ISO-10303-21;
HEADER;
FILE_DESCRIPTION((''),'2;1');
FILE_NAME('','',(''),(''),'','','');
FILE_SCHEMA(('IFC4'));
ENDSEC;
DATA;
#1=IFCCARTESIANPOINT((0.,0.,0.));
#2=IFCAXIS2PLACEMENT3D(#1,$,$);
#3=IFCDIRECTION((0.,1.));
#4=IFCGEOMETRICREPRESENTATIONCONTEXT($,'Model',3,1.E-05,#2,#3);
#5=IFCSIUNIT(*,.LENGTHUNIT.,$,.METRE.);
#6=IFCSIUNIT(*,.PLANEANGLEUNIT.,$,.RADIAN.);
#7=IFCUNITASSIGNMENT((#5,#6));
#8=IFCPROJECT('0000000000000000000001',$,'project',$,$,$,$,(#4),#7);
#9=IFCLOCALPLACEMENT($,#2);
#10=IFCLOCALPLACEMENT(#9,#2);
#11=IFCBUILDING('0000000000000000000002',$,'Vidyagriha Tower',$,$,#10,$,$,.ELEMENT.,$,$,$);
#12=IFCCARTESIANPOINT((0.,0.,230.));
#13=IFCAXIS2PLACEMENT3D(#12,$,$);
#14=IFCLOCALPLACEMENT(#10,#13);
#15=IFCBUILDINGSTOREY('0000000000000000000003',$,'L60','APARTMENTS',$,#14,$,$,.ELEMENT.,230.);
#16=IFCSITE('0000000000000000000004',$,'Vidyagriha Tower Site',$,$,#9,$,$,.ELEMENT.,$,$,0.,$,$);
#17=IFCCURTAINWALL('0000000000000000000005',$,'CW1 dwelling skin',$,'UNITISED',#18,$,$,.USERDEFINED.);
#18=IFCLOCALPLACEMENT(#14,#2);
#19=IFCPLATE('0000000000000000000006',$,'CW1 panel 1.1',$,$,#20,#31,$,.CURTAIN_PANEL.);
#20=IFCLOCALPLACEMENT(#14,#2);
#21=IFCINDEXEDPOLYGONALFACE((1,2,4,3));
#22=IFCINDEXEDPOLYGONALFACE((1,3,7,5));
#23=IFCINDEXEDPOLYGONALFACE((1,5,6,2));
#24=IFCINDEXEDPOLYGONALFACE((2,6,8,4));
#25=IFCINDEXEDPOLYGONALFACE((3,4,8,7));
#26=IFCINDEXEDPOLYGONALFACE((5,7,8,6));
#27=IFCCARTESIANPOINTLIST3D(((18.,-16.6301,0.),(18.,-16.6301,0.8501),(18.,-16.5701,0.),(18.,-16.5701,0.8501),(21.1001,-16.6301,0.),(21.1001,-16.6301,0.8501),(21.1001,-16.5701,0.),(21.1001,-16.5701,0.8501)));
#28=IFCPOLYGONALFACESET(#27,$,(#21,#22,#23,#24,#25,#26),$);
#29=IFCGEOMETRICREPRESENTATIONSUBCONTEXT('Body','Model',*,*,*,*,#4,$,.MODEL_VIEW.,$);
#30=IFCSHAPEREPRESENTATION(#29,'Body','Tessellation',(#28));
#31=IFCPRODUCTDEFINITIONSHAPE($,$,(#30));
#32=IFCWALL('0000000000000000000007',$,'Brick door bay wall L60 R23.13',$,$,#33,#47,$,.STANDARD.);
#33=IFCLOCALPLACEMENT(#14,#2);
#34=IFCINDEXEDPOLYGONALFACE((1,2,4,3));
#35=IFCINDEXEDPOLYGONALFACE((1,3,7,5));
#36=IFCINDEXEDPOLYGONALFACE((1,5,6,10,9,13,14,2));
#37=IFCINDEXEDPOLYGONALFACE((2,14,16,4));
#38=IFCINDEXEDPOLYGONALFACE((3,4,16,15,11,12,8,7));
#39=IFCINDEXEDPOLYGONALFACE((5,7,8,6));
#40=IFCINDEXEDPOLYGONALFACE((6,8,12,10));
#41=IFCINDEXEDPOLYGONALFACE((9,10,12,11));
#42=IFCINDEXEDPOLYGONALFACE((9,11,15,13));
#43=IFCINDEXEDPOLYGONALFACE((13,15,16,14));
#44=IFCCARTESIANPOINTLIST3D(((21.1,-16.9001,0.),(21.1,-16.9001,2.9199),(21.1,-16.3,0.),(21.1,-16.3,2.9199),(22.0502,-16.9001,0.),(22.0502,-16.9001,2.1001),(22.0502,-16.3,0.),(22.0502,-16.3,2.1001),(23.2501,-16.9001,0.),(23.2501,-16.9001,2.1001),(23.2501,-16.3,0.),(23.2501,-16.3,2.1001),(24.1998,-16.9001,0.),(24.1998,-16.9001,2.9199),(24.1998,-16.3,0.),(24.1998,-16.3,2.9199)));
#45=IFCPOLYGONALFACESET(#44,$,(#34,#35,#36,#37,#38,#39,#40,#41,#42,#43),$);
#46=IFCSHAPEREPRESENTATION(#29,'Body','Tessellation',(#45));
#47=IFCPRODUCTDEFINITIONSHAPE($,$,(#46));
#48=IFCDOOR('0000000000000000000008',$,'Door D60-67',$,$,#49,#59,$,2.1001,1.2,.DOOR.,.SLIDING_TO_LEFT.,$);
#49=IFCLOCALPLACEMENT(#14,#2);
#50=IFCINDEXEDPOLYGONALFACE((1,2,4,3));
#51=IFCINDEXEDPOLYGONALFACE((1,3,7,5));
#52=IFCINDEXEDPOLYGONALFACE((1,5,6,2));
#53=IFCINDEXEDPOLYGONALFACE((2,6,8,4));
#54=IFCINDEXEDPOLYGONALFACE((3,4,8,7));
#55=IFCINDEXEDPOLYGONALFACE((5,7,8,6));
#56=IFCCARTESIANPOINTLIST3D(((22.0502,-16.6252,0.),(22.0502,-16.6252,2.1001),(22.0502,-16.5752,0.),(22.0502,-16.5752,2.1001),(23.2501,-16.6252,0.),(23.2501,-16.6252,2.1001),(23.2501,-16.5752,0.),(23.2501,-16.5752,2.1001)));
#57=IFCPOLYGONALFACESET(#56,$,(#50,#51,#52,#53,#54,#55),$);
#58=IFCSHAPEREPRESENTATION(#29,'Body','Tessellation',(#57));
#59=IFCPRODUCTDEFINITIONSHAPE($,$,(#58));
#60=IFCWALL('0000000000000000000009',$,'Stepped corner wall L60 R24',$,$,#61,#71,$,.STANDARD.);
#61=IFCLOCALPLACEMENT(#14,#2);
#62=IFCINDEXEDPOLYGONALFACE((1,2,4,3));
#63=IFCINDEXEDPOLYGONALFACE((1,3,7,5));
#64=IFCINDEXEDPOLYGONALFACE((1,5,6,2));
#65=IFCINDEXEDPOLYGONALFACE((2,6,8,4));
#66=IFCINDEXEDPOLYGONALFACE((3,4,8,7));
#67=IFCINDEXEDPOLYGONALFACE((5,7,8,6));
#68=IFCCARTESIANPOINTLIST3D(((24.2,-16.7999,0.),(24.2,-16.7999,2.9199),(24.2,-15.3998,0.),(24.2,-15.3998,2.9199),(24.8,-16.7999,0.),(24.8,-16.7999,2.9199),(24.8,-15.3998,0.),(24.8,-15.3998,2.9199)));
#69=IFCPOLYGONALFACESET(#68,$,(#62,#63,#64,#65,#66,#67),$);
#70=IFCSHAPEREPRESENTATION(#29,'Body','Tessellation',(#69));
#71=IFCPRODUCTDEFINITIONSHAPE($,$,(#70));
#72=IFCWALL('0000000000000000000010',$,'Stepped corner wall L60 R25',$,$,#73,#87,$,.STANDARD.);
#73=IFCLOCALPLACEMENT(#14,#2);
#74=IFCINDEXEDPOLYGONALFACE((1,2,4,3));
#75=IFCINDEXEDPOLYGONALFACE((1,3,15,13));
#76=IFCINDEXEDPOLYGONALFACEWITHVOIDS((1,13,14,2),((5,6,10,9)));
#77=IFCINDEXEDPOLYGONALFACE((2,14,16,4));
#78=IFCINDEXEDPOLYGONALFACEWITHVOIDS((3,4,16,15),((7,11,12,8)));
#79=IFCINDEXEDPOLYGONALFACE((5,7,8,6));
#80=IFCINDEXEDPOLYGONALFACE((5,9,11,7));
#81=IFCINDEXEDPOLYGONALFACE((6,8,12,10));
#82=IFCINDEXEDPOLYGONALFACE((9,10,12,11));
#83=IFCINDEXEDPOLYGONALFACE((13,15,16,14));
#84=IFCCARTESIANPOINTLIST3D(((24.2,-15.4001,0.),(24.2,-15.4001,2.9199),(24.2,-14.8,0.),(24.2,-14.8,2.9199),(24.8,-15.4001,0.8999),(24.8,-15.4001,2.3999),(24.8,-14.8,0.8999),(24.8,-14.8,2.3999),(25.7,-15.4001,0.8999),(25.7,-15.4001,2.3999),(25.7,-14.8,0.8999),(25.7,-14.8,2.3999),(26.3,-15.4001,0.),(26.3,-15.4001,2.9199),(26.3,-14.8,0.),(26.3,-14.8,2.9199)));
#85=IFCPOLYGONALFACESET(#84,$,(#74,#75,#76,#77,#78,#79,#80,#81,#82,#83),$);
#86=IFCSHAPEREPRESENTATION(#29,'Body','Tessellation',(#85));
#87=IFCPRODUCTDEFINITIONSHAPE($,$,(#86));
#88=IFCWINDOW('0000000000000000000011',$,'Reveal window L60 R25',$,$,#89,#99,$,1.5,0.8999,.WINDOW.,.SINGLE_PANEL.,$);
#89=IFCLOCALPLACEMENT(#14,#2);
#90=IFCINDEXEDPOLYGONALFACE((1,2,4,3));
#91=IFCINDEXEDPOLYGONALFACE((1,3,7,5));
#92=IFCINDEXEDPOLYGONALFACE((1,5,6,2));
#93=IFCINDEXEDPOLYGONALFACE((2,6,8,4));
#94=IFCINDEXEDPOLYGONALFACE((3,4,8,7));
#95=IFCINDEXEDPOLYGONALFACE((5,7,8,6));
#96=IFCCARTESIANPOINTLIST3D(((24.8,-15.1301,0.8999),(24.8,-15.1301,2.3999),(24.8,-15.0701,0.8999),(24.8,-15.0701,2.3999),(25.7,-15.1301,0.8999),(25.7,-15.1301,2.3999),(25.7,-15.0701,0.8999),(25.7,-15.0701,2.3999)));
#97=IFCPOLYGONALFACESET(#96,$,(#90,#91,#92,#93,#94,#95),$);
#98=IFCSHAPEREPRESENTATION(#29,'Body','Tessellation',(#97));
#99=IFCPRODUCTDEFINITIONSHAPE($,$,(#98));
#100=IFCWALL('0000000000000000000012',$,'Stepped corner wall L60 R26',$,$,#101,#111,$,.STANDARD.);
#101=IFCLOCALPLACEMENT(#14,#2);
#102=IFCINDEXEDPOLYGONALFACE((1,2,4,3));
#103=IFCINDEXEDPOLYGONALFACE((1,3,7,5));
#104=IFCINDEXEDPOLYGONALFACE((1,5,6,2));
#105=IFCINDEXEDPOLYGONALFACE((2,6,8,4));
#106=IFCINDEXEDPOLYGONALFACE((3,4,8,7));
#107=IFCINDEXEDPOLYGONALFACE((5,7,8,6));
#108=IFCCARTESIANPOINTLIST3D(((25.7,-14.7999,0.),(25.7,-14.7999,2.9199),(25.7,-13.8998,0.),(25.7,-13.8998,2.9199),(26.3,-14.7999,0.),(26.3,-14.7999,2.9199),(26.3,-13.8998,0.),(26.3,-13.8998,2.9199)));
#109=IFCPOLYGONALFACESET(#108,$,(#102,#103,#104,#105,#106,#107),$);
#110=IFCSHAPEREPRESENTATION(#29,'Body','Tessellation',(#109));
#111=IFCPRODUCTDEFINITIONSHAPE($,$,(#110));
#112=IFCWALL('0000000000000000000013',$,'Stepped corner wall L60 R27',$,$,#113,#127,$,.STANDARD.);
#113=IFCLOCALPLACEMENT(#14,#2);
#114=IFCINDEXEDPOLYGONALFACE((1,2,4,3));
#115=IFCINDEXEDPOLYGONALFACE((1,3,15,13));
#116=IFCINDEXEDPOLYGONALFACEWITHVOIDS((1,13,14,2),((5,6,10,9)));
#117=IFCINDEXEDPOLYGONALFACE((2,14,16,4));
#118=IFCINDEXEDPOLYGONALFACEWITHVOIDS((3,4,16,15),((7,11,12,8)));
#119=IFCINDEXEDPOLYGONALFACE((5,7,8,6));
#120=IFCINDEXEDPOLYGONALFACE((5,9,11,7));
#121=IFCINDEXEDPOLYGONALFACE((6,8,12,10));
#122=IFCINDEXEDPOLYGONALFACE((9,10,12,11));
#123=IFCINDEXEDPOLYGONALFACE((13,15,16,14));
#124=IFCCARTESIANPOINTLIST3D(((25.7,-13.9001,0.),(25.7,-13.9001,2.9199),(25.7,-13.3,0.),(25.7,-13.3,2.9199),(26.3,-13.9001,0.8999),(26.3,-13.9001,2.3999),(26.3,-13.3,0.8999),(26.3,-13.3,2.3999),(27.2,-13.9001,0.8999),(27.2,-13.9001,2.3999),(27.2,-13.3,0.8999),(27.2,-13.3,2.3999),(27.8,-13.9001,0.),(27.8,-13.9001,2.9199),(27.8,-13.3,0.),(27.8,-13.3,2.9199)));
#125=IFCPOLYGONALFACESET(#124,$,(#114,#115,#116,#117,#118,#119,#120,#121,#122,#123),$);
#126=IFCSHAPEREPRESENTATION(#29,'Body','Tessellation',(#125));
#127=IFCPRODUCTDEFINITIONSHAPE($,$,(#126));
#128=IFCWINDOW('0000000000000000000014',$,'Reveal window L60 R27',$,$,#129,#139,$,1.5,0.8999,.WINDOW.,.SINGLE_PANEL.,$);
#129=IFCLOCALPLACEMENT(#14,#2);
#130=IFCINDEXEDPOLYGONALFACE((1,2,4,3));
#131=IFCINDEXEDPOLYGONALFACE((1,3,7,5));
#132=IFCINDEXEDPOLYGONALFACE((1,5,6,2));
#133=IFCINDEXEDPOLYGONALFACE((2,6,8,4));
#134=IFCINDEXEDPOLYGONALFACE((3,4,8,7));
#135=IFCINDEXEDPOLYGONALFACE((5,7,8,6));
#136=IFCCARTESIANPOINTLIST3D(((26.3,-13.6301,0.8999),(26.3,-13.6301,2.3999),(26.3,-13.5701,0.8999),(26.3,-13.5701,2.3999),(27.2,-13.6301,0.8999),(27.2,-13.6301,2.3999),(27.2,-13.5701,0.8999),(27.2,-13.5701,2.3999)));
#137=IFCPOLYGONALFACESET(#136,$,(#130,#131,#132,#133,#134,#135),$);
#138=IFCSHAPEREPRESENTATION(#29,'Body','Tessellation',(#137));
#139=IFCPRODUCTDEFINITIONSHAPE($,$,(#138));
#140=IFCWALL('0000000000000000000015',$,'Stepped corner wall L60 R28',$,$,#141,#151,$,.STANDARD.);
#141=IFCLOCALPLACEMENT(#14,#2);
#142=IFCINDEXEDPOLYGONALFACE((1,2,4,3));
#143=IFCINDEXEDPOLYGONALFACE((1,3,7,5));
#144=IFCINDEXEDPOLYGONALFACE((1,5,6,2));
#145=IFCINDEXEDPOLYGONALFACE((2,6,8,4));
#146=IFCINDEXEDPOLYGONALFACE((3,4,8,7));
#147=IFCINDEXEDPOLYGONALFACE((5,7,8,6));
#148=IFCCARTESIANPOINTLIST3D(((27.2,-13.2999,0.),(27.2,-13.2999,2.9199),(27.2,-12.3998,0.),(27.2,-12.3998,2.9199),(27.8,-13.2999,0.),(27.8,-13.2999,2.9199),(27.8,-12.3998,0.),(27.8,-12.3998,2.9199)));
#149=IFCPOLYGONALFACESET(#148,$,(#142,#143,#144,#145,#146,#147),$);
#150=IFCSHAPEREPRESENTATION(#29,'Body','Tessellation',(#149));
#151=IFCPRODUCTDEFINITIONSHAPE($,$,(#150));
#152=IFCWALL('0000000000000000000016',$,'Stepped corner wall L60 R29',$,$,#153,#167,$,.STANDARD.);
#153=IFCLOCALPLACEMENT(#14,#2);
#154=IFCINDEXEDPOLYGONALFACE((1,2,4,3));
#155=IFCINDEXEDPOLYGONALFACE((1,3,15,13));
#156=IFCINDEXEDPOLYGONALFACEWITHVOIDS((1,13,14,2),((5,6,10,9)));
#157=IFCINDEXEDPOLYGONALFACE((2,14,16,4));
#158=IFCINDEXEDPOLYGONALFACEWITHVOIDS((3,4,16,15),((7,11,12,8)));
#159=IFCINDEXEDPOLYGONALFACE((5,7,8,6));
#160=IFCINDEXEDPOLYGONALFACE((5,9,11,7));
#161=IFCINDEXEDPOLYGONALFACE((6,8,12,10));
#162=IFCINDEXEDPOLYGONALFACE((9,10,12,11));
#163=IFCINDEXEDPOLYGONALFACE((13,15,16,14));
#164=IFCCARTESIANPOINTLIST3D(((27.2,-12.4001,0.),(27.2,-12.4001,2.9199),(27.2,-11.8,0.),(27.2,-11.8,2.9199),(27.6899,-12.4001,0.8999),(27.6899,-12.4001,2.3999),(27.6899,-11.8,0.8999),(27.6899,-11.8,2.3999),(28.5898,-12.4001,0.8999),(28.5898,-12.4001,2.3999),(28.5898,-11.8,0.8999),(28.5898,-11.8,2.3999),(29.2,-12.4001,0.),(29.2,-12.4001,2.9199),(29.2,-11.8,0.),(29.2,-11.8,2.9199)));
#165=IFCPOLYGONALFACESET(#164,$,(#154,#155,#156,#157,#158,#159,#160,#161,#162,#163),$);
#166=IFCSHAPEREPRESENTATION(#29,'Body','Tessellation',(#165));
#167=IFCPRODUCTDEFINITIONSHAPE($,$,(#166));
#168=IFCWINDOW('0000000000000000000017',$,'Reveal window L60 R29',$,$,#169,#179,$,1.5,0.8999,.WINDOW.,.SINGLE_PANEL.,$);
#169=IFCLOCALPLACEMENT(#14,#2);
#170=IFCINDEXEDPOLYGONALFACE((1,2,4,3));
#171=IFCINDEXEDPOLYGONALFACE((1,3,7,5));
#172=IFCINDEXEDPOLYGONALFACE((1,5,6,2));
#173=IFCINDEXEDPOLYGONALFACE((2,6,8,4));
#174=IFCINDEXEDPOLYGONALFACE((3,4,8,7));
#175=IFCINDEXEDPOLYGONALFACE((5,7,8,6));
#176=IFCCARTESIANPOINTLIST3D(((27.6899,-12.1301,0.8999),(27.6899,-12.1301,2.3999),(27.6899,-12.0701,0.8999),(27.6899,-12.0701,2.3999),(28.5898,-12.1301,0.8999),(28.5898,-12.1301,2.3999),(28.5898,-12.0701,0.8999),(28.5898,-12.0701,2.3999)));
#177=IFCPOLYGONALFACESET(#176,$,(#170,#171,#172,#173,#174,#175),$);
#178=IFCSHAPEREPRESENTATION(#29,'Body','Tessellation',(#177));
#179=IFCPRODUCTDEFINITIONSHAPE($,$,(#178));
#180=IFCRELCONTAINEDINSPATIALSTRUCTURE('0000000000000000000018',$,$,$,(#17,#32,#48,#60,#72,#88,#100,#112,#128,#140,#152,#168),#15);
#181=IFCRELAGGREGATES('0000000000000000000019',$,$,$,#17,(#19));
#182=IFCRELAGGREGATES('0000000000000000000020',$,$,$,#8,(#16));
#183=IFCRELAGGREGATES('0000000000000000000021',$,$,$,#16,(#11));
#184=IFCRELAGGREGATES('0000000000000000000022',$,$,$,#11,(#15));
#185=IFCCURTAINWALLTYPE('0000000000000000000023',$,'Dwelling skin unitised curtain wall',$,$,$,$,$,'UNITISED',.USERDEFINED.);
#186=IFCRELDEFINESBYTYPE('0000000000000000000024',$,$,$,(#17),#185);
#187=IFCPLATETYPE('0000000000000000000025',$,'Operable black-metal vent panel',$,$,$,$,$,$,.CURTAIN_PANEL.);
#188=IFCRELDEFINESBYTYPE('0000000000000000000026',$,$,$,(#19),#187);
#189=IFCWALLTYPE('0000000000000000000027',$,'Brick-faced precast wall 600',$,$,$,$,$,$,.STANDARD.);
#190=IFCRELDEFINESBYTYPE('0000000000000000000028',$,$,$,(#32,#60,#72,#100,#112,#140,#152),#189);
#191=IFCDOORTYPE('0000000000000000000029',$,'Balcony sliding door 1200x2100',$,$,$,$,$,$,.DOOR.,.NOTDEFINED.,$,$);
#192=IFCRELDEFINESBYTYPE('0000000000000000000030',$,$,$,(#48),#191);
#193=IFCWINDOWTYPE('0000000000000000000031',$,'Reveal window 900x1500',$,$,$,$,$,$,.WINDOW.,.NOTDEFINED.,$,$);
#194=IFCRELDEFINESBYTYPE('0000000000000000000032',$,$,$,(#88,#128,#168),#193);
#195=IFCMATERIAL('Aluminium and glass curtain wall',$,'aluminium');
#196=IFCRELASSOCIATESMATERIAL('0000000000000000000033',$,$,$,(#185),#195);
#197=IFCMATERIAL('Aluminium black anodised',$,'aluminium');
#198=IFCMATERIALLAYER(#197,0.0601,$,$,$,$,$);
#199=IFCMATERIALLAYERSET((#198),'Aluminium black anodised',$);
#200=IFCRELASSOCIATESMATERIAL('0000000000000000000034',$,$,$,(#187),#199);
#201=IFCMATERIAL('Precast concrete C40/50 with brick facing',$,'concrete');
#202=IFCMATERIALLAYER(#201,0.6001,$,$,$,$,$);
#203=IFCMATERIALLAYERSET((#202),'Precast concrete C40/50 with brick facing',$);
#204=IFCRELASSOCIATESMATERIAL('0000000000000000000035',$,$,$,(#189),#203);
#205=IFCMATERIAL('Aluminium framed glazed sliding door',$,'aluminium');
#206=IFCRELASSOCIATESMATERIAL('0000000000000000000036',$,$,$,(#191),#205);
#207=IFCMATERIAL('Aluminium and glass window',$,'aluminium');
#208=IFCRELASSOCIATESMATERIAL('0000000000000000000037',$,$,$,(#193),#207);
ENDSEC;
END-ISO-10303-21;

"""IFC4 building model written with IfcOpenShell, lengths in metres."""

from ifc_helpers import new_model, si_unit, direction, frame, frame_2d, origin, origin_2d, place, context, subcontext, project, spatial, rectangle, extrude, material, layer, layer_set, type_object, element, fill, aggregate, save


model = new_model("IFC4")

# Units and contexts
model_context = context("Model", 3, precision=1e-05, world=origin(), true_north=direction((0.0, 1.0)))
body_context = subcontext(model_context, "Body", "Model", "MODEL_VIEW")
ifc_project = project(units=[si_unit("LENGTHUNIT", "METRE"), si_unit("PLANEANGLEUNIT", "RADIAN")], contexts=[model_context])

# Site, building, storey
site_placement = place(None, origin())
site = spatial("IfcSite", under=ifc_project, at=site_placement, Name="Vidyagriha Tower Site", CompositionType="ELEMENT", RefElevation=0.0)
building_placement = place(site_placement, origin())
building = spatial("IfcBuilding", under=site, at=building_placement, Name="Vidyagriha Tower", CompositionType="ELEMENT")
storey_placement = place(building_placement, frame((0.0, 0.0, 230.0)))
storey = spatial("IfcBuildingStorey", under=building, at=storey_placement, Name="L60", Description="APARTMENTS", CompositionType="ELEMENT", Elevation=230.0)

# Shared definitions
ifc_material_1 = material(Name="Aluminium and glass curtain wall", Category="aluminium")
curtain_wall_type = type_object("IfcCurtainWallType", Name="Dwelling skin unitised curtain wall", ElementType="UNITISED", PredefinedType="USERDEFINED", material=ifc_material_1)

# Curtain wall
curtain_wall_1_placement = place(storey_placement, origin())
curtain_wall_1 = element("IfcCurtainWall", 1, at=curtain_wall_1_placement, inside=storey, type_object=curtain_wall_type, Name="CW1 dwelling skin", ObjectType="UNITISED", PredefinedType="USERDEFINED")

# Plate
ifc_material_2 = material(Name="Aluminium black anodised", Category="aluminium")
ifc_layer_1 = layer(ifc_material_2, 0.0601)
ifc_layer_set_1 = layer_set([ifc_layer_1], Name="Aluminium black anodised")
plate_type_1 = type_object("IfcPlateType", Name="Operable black-metal vent panel", PredefinedType="CURTAIN_PANEL", material=ifc_layer_set_1)
plate_1_placement = place(storey_placement, frame((19.55, -16.6001, 0.0)))
plate_1 = element("IfcPlate", 2, at=plate_1_placement, type_object=plate_type_1, Name="CW1 panel 1.1", PredefinedType="CURTAIN_PANEL", context=body_context, shape_type="SweptSolid", body=[
    extrude(rectangle(XDim=3.1001, YDim=0.0601, at=origin_2d()), origin(), (0.0, 0.0, 1.0), 0.8501),
])
aggregate(curtain_wall_1, [plate_1])

# Wall, opening, door
ifc_material_3 = material(Name="Precast concrete C40/50 with brick facing", Category="concrete")
ifc_layer_2 = layer(ifc_material_3, 0.6001)
ifc_layer_set_2 = layer_set([ifc_layer_2], Name="Precast concrete C40/50 with brick facing")
wall_type = type_object("IfcWallType", Name="Brick-faced precast wall 600", PredefinedType="STANDARD", material=ifc_layer_set_2)
wall_1_placement = place(storey_placement, frame((21.1001, -16.6001, 0.0)))
wall_1 = element("IfcWall", 3, at=wall_1_placement, inside=storey, type_object=wall_type, Name="Brick door bay wall L60 R23.13", PredefinedType="STANDARD", context=body_context, shape_type="SweptSolid", body=[
    extrude(rectangle(XDim=3.0999, YDim=0.6001, at=frame_2d((1.5498, 0.0))), origin(), (0.0, 0.0, 1.0), 2.9199),
])
opening_1_placement = place(wall_1_placement, frame((0.95, 0.0, 0.0)))
opening_1 = element("IfcOpeningElement", 4, at=opening_1_placement, cuts=wall_1, PredefinedType="OPENING", context=body_context, shape_type="SweptSolid", body=[
    extrude(rectangle(XDim=1.2, YDim=2.1001, at=frame_2d((0.6001, 1.05))), frame((0.0, 0.3101, 0.0), z_axis=(0.0, -1.0, 0.0), x_axis=(1.0, 0.0, 0.0)), (0.0, 0.0, 1.0), 0.6201),
])
ifc_material_4 = material(Name="Aluminium framed glazed sliding door", Category="aluminium")
door_type = type_object("IfcDoorType", Name="Balcony sliding door 1200x2100", OperationType="NOTDEFINED", PredefinedType="DOOR", material=ifc_material_4)
door_placement = place(opening_1_placement, origin())
door = element("IfcDoor", 5, at=door_placement, inside=storey, type_object=door_type, Name="Door D60-67", OperationType="SLIDING_TO_LEFT", OverallHeight=2.1001, OverallWidth=1.2, PredefinedType="DOOR", context=body_context, shape_type="SweptSolid", body=[
    extrude(rectangle(XDim=1.2, YDim=2.1001, at=frame_2d((0.6001, 1.05))), frame((0.0, 0.0249, 0.0), z_axis=(0.0, -1.0, 0.0), x_axis=(1.0, 0.0, 0.0)), (0.0, 0.0, 1.0), 0.05),
])
fill(opening_1, door)

# Wall
wall_2_placement = place(storey_placement, frame((24.5, -16.8, 0.0), z_axis=(0.0, 0.0, 1.0), x_axis=(0.0, 1.0, 0.0)))
element("IfcWall", 6, at=wall_2_placement, inside=storey, type_object=wall_type, Name="Stepped corner wall L60 R24", PredefinedType="STANDARD", context=body_context, shape_type="SweptSolid", body=[
    extrude(rectangle(XDim=1.4001, YDim=0.6001, at=frame_2d((0.7002, 0.0))), origin(), (0.0, 0.0, 1.0), 2.9199),
])

# Wall, opening, window
wall_3_placement = place(storey_placement, frame((24.2, -15.1001, 0.0)))
wall_3 = element("IfcWall", 7, at=wall_3_placement, inside=storey, type_object=wall_type, Name="Stepped corner wall L60 R25", PredefinedType="STANDARD", context=body_context, shape_type="SweptSolid", body=[
    extrude(rectangle(XDim=2.1001, YDim=0.6001, at=frame_2d((1.05, 0.0))), origin(), (0.0, 0.0, 1.0), 2.9199),
])
opening_2_placement = place(wall_3_placement, frame((0.6001, 0.0, 0.8999)))
opening_2 = element("IfcOpeningElement", 8, at=opening_2_placement, cuts=wall_3, PredefinedType="OPENING", context=body_context, shape_type="SweptSolid", body=[
    extrude(rectangle(XDim=0.8999, YDim=1.5, at=frame_2d((0.45, 0.75))), frame((0.0, 0.3101, 0.0), z_axis=(0.0, -1.0, 0.0), x_axis=(1.0, 0.0, 0.0)), (0.0, 0.0, 1.0), 0.6201),
])
ifc_material_5 = material(Name="Aluminium and glass window", Category="aluminium")
window_type = type_object("IfcWindowType", Name="Reveal window 900x1500", PartitioningType="NOTDEFINED", PredefinedType="WINDOW", material=ifc_material_5)
window_1_placement = place(opening_2_placement, origin())
window_1 = element("IfcWindow", 9, at=window_1_placement, inside=storey, type_object=window_type, Name="Reveal window L60 R25", OverallHeight=1.5, OverallWidth=0.8999, PartitioningType="SINGLE_PANEL", PredefinedType="WINDOW", context=body_context, shape_type="SweptSolid", body=[
    extrude(rectangle(XDim=0.8999, YDim=1.5, at=frame_2d((0.45, 0.75))), frame((0.0, 0.03, 0.0), z_axis=(0.0, -1.0, 0.0), x_axis=(1.0, 0.0, 0.0)), (0.0, 0.0, 1.0), 0.0601),
])
fill(opening_2, window_1)

# Wall
wall_4_placement = place(storey_placement, frame((26.0, -14.8, 0.0), z_axis=(0.0, 0.0, 1.0), x_axis=(0.0, 1.0, 0.0)))
element("IfcWall", 10, at=wall_4_placement, inside=storey, type_object=wall_type, Name="Stepped corner wall L60 R26", PredefinedType="STANDARD", context=body_context, shape_type="SweptSolid", body=[
    extrude(rectangle(XDim=0.9001, YDim=0.6001, at=frame_2d((0.4502, 0.0))), origin(), (0.0, 0.0, 1.0), 2.9199),
])

# Wall, opening, window
wall_5_placement = place(storey_placement, frame((25.7, -13.6001, 0.0)))
wall_5 = element("IfcWall", 11, at=wall_5_placement, inside=storey, type_object=wall_type, Name="Stepped corner wall L60 R27", PredefinedType="STANDARD", context=body_context, shape_type="SweptSolid", body=[
    extrude(rectangle(XDim=2.1001, YDim=0.6001, at=frame_2d((1.05, 0.0))), origin(), (0.0, 0.0, 1.0), 2.9199),
])
opening_3_placement = place(wall_5_placement, frame((0.6001, 0.0, 0.8999)))
opening_3 = element("IfcOpeningElement", 12, at=opening_3_placement, cuts=wall_5, PredefinedType="OPENING", context=body_context, shape_type="SweptSolid", body=[
    extrude(rectangle(XDim=0.8999, YDim=1.5, at=frame_2d((0.45, 0.75))), frame((0.0, 0.3101, 0.0), z_axis=(0.0, -1.0, 0.0), x_axis=(1.0, 0.0, 0.0)), (0.0, 0.0, 1.0), 0.6201),
])
window_2_placement = place(opening_3_placement, origin())
window_2 = element("IfcWindow", 13, at=window_2_placement, inside=storey, type_object=window_type, Name="Reveal window L60 R27", OverallHeight=1.5, OverallWidth=0.8999, PartitioningType="SINGLE_PANEL", PredefinedType="WINDOW", context=body_context, shape_type="SweptSolid", body=[
    extrude(rectangle(XDim=0.8999, YDim=1.5, at=frame_2d((0.45, 0.75))), frame((0.0, 0.03, 0.0), z_axis=(0.0, -1.0, 0.0), x_axis=(1.0, 0.0, 0.0)), (0.0, 0.0, 1.0), 0.0601),
])
fill(opening_3, window_2)

# Wall
wall_6_placement = place(storey_placement, frame((27.5, -13.3, 0.0), z_axis=(0.0, 0.0, 1.0), x_axis=(0.0, 1.0, 0.0)))
element("IfcWall", 14, at=wall_6_placement, inside=storey, type_object=wall_type, Name="Stepped corner wall L60 R28", PredefinedType="STANDARD", context=body_context, shape_type="SweptSolid", body=[
    extrude(rectangle(XDim=0.9001, YDim=0.6001, at=frame_2d((0.4502, 0.0))), origin(), (0.0, 0.0, 1.0), 2.9199),
])

# Wall, opening, window
wall_7_placement = place(storey_placement, frame((27.2, -12.1001, 0.0)))
wall_7 = element("IfcWall", 15, at=wall_7_placement, inside=storey, type_object=wall_type, Name="Stepped corner wall L60 R29", PredefinedType="STANDARD", context=body_context, shape_type="SweptSolid", body=[
    extrude(rectangle(XDim=2.0, YDim=0.6001, at=frame_2d((1.0, 0.0))), origin(), (0.0, 0.0, 1.0), 2.9199),
])
opening_4_placement = place(wall_7_placement, frame((0.49, 0.0, 0.8999)))
opening_4 = element("IfcOpeningElement", 16, at=opening_4_placement, cuts=wall_7, PredefinedType="OPENING", context=body_context, shape_type="SweptSolid", body=[
    extrude(rectangle(XDim=0.8999, YDim=1.5, at=frame_2d((0.45, 0.75))), frame((0.0, 0.3101, 0.0), z_axis=(0.0, -1.0, 0.0), x_axis=(1.0, 0.0, 0.0)), (0.0, 0.0, 1.0), 0.6201),
])
window_3_placement = place(opening_4_placement, origin())
window_3 = element("IfcWindow", 17, at=window_3_placement, inside=storey, type_object=window_type, Name="Reveal window L60 R29", OverallHeight=1.5, OverallWidth=0.8999, PartitioningType="SINGLE_PANEL", PredefinedType="WINDOW", context=body_context, shape_type="SweptSolid", body=[
    extrude(rectangle(XDim=0.8999, YDim=1.5, at=frame_2d((0.45, 0.75))), frame((0.0, 0.03, 0.0), z_axis=(0.0, -1.0, 0.0), x_axis=(1.0, 0.0, 0.0)), (0.0, 0.0, 1.0), 0.0601),
])
fill(opening_4, window_3)

save(model, "model.ifc")
